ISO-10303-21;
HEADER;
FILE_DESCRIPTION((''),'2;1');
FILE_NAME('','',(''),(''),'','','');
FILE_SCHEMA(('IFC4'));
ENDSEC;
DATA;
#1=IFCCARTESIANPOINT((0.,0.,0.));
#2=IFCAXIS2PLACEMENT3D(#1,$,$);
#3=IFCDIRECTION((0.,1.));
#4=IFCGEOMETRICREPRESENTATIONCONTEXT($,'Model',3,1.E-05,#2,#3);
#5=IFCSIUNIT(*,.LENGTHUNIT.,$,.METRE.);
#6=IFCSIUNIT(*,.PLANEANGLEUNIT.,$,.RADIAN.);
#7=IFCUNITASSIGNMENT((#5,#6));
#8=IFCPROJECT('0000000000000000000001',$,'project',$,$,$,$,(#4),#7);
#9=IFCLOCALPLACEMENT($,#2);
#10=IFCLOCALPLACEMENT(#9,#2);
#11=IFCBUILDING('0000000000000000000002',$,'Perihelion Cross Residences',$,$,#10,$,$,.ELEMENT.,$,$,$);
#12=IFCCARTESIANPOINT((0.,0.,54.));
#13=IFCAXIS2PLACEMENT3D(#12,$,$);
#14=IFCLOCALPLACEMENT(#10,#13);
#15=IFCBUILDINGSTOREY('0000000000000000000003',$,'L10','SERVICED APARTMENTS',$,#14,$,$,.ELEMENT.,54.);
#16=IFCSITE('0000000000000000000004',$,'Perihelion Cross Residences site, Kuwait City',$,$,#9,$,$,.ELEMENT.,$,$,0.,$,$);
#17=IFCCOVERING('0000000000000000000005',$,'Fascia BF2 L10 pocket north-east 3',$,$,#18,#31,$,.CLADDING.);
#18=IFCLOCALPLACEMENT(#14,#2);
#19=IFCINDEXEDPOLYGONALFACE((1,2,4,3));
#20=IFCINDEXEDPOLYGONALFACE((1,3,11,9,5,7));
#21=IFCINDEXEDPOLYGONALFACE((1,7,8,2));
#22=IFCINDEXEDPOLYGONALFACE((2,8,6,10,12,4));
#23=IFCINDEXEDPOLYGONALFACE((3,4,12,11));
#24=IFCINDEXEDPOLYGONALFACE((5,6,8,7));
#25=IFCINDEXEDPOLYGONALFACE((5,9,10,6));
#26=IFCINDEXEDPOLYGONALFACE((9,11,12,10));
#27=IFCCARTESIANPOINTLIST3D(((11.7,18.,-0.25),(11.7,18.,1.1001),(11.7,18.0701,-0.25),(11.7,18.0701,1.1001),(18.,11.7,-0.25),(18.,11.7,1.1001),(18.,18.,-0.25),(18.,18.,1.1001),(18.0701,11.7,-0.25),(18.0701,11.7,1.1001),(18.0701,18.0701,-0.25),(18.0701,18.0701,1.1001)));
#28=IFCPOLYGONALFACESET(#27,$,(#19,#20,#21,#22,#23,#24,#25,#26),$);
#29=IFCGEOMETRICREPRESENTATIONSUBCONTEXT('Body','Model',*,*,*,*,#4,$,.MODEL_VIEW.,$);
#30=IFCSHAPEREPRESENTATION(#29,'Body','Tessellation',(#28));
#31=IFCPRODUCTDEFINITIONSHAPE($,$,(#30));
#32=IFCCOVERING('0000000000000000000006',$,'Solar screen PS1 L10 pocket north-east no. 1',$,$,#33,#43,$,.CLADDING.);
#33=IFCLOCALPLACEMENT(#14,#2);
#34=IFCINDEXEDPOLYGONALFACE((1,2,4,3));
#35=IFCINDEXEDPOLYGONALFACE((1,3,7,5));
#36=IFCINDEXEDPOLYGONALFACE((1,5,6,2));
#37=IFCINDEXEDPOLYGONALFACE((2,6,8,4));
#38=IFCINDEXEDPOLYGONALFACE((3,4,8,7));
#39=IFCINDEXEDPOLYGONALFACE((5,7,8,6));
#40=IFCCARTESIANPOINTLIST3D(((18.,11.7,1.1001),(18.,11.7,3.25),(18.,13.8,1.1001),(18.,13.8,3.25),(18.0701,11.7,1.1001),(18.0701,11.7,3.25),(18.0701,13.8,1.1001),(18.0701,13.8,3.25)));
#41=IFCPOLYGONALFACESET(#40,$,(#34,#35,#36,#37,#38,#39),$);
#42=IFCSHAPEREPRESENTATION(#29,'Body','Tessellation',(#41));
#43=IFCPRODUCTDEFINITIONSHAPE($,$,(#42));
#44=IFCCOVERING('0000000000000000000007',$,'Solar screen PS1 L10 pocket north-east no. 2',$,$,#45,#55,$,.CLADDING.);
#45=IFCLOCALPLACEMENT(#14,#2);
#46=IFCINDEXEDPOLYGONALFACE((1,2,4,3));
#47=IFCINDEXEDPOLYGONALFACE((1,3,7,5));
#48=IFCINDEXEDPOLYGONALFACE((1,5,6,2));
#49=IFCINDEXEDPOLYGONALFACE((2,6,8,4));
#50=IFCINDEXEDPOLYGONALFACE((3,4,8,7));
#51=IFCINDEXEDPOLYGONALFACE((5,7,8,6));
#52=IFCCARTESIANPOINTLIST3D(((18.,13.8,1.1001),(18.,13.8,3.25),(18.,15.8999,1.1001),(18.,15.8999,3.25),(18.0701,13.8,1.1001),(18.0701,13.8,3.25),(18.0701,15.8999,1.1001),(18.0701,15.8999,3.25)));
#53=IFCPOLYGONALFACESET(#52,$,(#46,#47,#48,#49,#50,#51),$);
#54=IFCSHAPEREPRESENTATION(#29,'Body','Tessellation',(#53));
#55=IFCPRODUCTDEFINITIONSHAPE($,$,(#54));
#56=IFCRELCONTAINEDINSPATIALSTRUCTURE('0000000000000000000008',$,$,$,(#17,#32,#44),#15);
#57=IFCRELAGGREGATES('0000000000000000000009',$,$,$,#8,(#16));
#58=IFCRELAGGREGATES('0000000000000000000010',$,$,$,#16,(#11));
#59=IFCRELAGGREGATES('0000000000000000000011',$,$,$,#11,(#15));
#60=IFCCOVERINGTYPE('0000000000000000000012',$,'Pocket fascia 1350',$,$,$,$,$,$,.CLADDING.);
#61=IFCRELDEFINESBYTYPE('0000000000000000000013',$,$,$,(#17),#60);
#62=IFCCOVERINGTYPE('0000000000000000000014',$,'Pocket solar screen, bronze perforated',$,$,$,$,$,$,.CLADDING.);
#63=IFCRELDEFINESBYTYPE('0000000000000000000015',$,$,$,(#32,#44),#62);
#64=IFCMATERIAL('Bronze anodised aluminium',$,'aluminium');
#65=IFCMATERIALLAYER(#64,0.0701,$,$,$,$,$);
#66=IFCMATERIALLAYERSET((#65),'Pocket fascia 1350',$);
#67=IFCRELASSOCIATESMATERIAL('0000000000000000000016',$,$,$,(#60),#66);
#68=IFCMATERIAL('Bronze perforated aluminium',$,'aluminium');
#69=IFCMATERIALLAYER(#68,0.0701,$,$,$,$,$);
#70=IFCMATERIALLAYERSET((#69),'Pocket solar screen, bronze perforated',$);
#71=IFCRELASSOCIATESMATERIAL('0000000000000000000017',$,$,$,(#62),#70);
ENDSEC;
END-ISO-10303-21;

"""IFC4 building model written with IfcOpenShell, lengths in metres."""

from ifc_helpers import new_model, si_unit, direction, frame, origin, place, context, subcontext, project, spatial, polyline, outline, extrude, material, layer, layer_set, type_object, element, save


model = new_model("IFC4")

# Units and contexts
model_context = context("Model", 3, precision=1e-05, world=origin(), true_north=direction((0.0, 1.0)))
body_context = subcontext(model_context, "Body", "Model", "MODEL_VIEW")
ifc_project = project(units=[si_unit("LENGTHUNIT", "METRE"), si_unit("PLANEANGLEUNIT", "RADIAN")], contexts=[model_context])

# Site, building, storey
site_placement = place(None, origin())
site = spatial("IfcSite", under=ifc_project, at=site_placement, Name="Perihelion Cross Residences site, Kuwait City", CompositionType="ELEMENT", RefElevation=0.0)
building_placement = place(site_placement, origin())
building = spatial("IfcBuilding", under=site, at=building_placement, Name="Perihelion Cross Residences", CompositionType="ELEMENT")
storey_placement = place(building_placement, frame((0.0, 0.0, 54.0)))
storey = spatial("IfcBuildingStorey", under=building, at=storey_placement, Name="L10", Description="SERVICED APARTMENTS", CompositionType="ELEMENT", Elevation=54.0)

# Coverings
ifc_material_1 = material(Name="Bronze anodised aluminium", Category="aluminium")
ifc_layer_1 = layer(ifc_material_1, 0.0701)
ifc_layer_set_1 = layer_set([ifc_layer_1], Name="Pocket fascia 1350")
covering_type_1 = type_object("IfcCoveringType", Name="Pocket fascia 1350", PredefinedType="CLADDING", material=ifc_layer_set_1)
covering_1_placement = place(storey_placement, frame((0.0, 0.0, -0.25)))
element("IfcCovering", 1, at=covering_1_placement, inside=storey, type_object=covering_type_1, Name="Fascia BF2 L10 pocket north-east 3", PredefinedType="CLADDING", context=body_context, shape_type="SweptSolid", body=[
    extrude(outline(polyline([(18.0701, 18.0701), (11.7, 18.0701), (11.7, 18.0), (18.0, 18.0), (18.0, 11.7), (18.0701, 11.7), (18.0701, 18.0701)])), origin(), (0.0, 0.0, 1.0), 1.3501),
])
ifc_material_2 = material(Name="Bronze perforated aluminium", Category="aluminium")
ifc_layer_2 = layer(ifc_material_2, 0.0701)
ifc_layer_set_2 = layer_set([ifc_layer_2], Name="Pocket solar screen, bronze perforated")
covering_type_2 = type_object("IfcCoveringType", Name="Pocket solar screen, bronze perforated", PredefinedType="CLADDING", material=ifc_layer_set_2)
covering_2_placement = place(storey_placement, frame((0.0, 0.0, 1.1001)))
element("IfcCovering", 2, at=covering_2_placement, inside=storey, type_object=covering_type_2, Name="Solar screen PS1 L10 pocket north-east no. 1", PredefinedType="CLADDING", context=body_context, shape_type="SweptSolid", body=[
    extrude(outline(polyline([(18.0701, 11.7), (18.0701, 13.8), (18.0, 13.8), (18.0, 11.7), (18.0701, 11.7)])), origin(), (0.0, 0.0, 1.0), 2.1499),
])
covering_3_placement = place(storey_placement, frame((0.0, 0.0, 1.1001)))
element("IfcCovering", 3, at=covering_3_placement, inside=storey, type_object=covering_type_2, Name="Solar screen PS1 L10 pocket north-east no. 2", PredefinedType="CLADDING", context=body_context, shape_type="SweptSolid", body=[
    extrude(outline(polyline([(18.0701, 13.8), (18.0701, 15.8999), (18.0, 15.8999), (18.0, 13.8), (18.0701, 13.8)])), origin(), (0.0, 0.0, 1.0), 2.1499),
])

save(model, "model.ifc")
